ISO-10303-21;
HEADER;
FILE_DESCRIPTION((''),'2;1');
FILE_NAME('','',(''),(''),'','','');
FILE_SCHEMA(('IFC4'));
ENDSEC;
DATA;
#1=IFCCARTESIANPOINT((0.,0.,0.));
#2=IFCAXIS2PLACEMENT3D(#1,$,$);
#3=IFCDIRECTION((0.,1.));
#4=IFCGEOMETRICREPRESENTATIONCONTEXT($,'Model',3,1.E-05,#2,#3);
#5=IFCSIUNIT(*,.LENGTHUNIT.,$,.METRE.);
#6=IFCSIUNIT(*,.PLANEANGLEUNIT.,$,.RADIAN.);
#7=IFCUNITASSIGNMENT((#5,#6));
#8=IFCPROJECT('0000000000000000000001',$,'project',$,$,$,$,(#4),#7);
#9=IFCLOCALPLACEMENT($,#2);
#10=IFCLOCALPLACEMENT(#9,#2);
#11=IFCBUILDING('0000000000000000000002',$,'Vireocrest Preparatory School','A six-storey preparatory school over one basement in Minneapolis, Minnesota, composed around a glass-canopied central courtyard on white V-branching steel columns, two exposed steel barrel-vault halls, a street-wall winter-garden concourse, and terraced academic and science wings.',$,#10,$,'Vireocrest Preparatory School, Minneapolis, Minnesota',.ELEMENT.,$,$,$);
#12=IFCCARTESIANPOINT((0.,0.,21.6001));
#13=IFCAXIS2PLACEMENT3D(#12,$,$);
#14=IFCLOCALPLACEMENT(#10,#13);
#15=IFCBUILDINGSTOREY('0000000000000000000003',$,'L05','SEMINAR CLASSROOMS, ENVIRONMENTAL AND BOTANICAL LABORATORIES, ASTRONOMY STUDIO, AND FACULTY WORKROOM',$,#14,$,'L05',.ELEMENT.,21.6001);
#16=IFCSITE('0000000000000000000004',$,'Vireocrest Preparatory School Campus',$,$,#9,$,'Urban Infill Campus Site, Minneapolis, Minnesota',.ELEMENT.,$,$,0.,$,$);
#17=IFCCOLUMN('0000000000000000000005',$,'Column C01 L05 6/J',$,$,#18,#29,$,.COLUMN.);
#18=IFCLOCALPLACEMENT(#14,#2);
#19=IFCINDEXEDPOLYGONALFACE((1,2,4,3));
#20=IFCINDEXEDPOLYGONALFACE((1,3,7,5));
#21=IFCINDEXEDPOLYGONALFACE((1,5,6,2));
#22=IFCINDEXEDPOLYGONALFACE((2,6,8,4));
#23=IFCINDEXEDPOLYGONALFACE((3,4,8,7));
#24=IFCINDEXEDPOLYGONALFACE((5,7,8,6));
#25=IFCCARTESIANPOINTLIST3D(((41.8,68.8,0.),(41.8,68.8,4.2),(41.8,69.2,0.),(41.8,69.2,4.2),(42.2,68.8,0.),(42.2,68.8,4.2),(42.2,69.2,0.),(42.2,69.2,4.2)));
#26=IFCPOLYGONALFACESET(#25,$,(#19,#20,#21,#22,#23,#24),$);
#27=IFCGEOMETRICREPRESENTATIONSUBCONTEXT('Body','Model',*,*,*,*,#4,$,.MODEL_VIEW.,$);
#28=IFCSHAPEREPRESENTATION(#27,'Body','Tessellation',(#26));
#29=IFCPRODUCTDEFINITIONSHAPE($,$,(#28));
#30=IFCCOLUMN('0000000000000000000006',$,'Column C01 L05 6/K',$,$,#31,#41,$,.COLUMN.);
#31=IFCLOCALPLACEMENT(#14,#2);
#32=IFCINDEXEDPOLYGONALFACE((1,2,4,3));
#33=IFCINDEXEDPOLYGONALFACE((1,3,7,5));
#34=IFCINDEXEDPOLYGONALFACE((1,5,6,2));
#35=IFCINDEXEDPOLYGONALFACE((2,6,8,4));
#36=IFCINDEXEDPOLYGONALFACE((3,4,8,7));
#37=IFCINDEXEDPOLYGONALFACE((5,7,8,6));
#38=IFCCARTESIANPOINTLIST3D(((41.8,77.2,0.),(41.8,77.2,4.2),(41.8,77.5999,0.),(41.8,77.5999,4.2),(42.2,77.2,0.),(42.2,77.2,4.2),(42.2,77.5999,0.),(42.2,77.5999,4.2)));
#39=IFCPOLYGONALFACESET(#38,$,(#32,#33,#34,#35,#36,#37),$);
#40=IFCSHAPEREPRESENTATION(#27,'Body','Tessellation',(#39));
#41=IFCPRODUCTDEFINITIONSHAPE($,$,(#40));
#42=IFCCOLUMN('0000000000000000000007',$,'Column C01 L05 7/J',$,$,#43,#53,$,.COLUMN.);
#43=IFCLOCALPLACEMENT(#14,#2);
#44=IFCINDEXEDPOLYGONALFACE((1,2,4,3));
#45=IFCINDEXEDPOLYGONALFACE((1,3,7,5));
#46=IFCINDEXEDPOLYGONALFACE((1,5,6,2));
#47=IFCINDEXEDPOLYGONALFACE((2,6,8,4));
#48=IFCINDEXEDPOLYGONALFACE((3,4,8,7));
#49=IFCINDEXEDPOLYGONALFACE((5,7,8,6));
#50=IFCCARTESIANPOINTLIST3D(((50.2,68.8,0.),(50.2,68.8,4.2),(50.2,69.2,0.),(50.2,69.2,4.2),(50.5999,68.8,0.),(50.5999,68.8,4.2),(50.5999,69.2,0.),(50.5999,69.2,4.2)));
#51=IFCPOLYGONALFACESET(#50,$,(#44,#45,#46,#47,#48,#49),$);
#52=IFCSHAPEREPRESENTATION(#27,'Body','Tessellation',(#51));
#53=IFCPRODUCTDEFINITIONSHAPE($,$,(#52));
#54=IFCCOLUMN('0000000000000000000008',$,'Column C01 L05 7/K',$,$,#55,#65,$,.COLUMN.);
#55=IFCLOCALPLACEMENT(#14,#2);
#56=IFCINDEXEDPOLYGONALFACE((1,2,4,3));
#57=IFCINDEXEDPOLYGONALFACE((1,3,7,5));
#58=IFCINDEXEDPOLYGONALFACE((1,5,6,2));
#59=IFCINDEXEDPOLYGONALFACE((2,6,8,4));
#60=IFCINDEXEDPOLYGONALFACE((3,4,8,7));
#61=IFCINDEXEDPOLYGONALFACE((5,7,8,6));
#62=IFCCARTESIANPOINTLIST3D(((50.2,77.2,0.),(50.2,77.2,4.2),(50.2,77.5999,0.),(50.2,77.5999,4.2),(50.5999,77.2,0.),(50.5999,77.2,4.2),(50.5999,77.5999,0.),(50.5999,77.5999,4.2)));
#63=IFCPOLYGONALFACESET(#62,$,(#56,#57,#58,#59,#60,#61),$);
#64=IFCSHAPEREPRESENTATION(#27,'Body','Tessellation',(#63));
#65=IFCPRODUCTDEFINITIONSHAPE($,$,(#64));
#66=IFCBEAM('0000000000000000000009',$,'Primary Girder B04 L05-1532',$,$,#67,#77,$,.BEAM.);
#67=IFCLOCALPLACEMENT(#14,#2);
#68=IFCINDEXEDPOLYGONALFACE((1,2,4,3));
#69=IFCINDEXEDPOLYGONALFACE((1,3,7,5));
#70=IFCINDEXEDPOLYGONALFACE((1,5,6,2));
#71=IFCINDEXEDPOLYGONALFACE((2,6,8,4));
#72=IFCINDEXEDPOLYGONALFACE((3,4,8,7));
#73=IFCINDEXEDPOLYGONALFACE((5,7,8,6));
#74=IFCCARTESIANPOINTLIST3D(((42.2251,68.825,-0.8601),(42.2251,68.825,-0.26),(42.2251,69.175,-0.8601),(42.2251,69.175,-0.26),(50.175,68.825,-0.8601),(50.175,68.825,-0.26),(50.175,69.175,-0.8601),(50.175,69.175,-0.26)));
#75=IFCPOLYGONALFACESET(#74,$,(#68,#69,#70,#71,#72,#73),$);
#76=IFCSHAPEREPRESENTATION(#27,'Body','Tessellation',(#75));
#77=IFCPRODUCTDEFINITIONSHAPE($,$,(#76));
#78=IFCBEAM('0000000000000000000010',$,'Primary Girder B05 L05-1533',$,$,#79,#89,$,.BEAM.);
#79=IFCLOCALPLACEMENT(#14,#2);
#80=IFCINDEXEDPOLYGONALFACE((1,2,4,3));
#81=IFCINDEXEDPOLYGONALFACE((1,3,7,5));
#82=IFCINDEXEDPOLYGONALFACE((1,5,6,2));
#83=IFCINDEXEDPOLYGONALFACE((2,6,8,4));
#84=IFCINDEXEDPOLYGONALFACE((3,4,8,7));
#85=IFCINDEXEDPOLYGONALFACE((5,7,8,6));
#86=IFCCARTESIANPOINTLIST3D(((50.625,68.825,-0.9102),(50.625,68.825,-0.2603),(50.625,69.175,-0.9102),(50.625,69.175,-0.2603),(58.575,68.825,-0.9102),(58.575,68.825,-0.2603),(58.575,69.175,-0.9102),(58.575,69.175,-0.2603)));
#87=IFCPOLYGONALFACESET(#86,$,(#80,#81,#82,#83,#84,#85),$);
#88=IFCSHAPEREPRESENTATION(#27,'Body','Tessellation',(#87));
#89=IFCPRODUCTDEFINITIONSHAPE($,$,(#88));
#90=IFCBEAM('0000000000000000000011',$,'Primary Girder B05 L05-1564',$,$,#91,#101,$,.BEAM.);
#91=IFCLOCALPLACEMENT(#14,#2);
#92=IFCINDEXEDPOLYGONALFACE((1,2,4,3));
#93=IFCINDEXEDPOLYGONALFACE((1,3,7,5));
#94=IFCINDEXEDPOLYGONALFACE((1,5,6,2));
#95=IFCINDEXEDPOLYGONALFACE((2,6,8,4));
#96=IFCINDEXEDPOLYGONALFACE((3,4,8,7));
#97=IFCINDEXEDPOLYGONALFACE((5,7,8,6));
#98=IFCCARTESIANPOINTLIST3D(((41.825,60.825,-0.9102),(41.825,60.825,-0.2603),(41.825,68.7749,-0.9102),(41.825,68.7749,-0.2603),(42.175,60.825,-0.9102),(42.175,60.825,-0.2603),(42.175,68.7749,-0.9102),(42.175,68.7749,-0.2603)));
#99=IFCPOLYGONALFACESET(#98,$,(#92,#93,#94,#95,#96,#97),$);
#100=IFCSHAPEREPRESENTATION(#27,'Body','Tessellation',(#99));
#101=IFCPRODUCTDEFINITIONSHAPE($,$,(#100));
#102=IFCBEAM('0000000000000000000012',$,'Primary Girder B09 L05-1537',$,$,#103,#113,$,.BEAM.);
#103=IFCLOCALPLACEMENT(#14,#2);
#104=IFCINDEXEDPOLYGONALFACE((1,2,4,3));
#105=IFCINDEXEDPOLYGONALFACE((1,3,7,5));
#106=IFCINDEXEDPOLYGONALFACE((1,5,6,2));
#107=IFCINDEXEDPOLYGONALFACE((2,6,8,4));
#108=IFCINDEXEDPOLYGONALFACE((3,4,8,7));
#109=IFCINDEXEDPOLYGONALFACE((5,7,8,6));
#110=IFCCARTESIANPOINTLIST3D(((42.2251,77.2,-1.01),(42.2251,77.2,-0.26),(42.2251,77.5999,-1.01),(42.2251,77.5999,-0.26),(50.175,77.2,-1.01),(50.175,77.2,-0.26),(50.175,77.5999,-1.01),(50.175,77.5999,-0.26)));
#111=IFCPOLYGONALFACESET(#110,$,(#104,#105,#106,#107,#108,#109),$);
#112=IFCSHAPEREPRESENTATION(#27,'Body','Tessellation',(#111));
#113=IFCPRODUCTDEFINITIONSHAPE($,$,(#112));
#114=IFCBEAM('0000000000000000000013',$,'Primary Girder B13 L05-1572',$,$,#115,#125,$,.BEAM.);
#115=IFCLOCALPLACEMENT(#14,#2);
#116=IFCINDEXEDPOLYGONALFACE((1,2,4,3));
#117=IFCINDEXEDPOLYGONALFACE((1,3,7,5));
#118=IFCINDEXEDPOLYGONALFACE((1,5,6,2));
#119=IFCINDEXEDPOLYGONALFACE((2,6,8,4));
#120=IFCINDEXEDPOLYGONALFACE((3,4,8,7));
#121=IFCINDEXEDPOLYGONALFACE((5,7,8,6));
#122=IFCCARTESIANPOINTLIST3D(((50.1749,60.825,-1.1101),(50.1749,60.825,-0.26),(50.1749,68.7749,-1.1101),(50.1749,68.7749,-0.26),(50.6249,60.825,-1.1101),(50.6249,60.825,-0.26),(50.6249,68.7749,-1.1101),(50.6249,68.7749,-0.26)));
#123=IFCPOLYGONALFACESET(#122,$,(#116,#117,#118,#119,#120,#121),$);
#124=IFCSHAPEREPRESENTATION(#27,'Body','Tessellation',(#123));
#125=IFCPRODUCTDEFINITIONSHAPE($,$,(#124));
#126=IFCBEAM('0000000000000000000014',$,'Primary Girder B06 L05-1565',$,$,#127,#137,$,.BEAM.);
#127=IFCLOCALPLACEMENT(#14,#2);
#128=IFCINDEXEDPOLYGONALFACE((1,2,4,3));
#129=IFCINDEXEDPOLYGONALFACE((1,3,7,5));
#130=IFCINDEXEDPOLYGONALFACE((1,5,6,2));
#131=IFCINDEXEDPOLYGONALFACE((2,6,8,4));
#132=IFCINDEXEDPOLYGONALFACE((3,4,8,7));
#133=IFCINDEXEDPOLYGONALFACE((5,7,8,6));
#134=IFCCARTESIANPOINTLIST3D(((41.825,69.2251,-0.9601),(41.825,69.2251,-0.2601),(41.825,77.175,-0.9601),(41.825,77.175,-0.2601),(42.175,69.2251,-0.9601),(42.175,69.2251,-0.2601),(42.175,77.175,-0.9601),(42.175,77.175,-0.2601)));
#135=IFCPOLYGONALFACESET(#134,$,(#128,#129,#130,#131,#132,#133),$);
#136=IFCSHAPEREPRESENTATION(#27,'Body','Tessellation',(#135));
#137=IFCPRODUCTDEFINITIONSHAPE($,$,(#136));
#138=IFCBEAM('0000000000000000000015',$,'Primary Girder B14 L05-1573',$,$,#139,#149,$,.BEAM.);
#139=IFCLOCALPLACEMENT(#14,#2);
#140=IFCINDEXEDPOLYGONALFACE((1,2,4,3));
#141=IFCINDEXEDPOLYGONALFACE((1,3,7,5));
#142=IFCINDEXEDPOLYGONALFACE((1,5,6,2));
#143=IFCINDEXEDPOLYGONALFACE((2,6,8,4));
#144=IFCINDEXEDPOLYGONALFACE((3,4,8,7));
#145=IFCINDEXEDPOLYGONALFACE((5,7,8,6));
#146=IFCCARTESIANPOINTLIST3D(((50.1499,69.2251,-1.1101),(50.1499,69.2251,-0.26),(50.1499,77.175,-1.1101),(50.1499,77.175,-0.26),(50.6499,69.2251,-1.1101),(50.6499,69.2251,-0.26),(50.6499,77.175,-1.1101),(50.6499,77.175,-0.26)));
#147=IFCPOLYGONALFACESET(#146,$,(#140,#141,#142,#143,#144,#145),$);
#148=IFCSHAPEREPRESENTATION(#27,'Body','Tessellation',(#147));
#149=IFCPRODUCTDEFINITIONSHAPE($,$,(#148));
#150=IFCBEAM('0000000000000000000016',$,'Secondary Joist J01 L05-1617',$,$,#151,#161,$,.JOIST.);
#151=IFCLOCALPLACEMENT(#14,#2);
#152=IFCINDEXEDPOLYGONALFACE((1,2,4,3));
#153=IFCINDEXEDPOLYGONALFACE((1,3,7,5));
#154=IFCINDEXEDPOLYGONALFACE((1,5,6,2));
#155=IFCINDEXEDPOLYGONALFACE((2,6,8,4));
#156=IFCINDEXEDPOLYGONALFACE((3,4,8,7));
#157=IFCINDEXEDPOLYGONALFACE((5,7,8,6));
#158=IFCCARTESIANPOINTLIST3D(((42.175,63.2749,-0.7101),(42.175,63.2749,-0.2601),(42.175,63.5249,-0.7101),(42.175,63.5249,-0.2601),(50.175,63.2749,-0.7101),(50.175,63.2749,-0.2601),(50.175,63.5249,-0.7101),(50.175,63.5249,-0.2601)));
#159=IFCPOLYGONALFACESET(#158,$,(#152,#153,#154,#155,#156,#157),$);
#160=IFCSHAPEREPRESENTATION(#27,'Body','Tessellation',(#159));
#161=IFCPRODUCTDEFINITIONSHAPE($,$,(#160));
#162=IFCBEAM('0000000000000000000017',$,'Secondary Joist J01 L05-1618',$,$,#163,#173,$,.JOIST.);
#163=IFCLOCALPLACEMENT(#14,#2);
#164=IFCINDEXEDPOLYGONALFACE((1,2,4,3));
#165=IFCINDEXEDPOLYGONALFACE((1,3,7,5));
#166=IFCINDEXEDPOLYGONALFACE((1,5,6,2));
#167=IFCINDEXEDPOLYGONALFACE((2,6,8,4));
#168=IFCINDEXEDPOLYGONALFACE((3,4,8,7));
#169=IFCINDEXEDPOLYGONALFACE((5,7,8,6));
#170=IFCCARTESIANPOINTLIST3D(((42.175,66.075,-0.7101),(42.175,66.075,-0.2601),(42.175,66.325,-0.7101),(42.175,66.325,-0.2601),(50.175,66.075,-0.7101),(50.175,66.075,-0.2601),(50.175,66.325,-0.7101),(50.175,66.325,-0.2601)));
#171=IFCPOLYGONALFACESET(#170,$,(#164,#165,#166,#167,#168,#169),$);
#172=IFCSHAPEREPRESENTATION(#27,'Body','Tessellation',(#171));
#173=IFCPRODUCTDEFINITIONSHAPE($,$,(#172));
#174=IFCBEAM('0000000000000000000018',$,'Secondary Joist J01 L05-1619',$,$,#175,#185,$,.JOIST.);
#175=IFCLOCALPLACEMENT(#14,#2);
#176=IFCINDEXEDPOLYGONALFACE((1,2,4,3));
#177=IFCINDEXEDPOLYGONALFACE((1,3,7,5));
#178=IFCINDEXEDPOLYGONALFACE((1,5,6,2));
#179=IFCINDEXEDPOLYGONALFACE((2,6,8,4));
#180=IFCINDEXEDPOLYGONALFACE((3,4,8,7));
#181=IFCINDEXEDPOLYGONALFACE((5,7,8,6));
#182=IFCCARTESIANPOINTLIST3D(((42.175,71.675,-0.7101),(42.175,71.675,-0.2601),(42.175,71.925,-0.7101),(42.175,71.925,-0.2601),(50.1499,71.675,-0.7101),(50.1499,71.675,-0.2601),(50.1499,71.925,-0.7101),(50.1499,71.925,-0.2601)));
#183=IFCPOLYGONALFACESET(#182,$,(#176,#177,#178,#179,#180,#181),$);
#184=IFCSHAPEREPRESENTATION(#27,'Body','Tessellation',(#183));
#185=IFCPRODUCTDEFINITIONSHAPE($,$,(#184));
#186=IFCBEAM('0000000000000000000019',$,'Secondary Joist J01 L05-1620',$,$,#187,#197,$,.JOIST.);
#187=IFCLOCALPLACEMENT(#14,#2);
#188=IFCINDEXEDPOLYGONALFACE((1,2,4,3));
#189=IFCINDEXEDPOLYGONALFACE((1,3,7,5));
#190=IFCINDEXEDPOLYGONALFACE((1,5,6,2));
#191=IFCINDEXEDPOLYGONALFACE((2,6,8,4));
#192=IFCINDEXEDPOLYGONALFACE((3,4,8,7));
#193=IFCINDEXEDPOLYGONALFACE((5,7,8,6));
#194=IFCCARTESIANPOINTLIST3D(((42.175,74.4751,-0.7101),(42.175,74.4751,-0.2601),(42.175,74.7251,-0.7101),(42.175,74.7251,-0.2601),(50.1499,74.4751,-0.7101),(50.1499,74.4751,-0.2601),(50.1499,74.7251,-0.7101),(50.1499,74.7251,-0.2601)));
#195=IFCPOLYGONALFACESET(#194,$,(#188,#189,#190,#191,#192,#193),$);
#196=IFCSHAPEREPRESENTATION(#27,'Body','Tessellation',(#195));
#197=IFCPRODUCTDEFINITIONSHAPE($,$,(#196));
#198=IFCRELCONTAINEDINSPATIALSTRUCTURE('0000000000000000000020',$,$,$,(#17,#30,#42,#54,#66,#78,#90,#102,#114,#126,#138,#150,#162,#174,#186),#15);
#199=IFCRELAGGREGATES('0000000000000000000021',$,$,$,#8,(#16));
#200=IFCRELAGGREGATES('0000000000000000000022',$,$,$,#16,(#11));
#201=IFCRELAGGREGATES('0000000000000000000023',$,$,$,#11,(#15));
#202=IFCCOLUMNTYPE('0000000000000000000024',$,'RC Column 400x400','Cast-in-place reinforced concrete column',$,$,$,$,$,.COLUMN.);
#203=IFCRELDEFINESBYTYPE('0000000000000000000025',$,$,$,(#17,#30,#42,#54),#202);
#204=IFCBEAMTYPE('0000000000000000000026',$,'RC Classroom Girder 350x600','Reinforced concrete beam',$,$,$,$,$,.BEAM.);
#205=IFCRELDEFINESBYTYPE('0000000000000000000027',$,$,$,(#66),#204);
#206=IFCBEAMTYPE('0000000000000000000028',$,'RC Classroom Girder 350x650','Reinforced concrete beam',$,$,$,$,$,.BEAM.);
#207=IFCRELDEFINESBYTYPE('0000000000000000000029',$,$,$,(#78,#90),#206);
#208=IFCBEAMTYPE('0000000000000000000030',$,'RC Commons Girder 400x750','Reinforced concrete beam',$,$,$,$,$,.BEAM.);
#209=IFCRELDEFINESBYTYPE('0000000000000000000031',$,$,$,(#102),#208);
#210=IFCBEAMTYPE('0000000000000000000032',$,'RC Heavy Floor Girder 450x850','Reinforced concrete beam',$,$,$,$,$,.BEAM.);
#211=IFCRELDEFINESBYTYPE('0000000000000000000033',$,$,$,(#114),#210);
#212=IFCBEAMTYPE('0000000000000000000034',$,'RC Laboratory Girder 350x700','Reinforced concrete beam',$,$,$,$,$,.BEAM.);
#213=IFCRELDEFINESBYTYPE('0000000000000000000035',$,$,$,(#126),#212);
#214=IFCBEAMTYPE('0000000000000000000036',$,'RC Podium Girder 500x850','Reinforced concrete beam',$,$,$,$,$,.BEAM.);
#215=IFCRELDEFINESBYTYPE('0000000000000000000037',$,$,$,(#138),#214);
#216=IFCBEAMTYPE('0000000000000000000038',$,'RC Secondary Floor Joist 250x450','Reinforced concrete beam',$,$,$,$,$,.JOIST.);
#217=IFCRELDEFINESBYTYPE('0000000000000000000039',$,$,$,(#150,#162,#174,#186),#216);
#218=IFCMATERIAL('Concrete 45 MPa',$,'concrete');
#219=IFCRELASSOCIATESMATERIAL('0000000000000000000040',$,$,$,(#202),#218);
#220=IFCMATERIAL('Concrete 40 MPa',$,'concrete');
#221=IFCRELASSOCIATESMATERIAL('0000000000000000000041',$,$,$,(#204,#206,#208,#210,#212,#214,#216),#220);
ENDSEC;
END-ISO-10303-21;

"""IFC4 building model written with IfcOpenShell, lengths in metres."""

from ifc_helpers import new_model, si_unit, direction, frame, origin, origin_2d, place, context, subcontext, project, spatial, rectangle, extrude, material, material_profile, profile_set, type_object, element, save


model = new_model("IFC4")

# Units and contexts
model_context = context("Model", 3, precision=1e-05, world=origin(), true_north=direction((0.0, 1.0)))
body_context = subcontext(model_context, "Body", "Model", "MODEL_VIEW")
ifc_project = project(units=[si_unit("LENGTHUNIT", "METRE"), si_unit("PLANEANGLEUNIT", "RADIAN")], contexts=[model_context])

# Site, building, storey
site_placement = place(None, origin())
site = spatial("IfcSite", under=ifc_project, at=site_placement, Name="Vireocrest Preparatory School Campus", LongName="Urban Infill Campus Site, Minneapolis, Minnesota", CompositionType="ELEMENT", RefElevation=0.0)
building_placement = place(site_placement, origin())
building = spatial("IfcBuilding", under=site, at=building_placement, Name="Vireocrest Preparatory School", Description="A six-storey preparatory school over one basement in Minneapolis, Minnesota, composed around a glass-canopied central courtyard on white V-branching steel columns, two exposed steel barrel-vault halls, a street-wall winter-garden concourse, and terraced academic and science wings.", LongName="Vireocrest Preparatory School, Minneapolis, Minnesota", CompositionType="ELEMENT")
storey_placement = place(building_placement, frame((0.0, 0.0, 21.6001)))
storey = spatial("IfcBuildingStorey", under=building, at=storey_placement, Name="L05", Description="SEMINAR CLASSROOMS, ENVIRONMENTAL AND BOTANICAL LABORATORIES, ASTRONOMY STUDIO, AND FACULTY WORKROOM", LongName="L05", CompositionType="ELEMENT", Elevation=21.6001)

# Columns
ifc_material_1 = material(Name="Concrete 45 MPa", Category="concrete")
ifc_material_profile_1 = material_profile(ifc_material_1, rectangle(XDim=0.3999, YDim=0.3999, at=origin_2d()), Name="RC 400x400")
ifc_profile_set_1 = profile_set([ifc_material_profile_1], Name="Concrete 45 MPa")
column_type = type_object("IfcColumnType", Name="RC Column 400x400", Description="Cast-in-place reinforced concrete column", PredefinedType="COLUMN", material=ifc_profile_set_1)
for number, where, z_axis, x_axis, name in (
    (1, (42.0, 69.0, 0.0), (0.0, 0.0, 1.0), (1.0, 0.0, 0.0), "Column C01 L05 6/J"),
    (2, (42.0, 77.3999, 0.0), (0.0, 0.0, 1.0), (1.0, 0.0, 0.0), "Column C01 L05 6/K"),
    (3, (50.3999, 69.0, 0.0), (0.0, 0.0, 1.0), (1.0, 0.0, 0.0), "Column C01 L05 7/J"),
    (4, (50.3999, 77.3999, 0.0), (0.0, 0.0, 1.0), (1.0, 0.0, 0.0), "Column C01 L05 7/K"),
):
    element("IfcColumn", number, at=place(storey_placement, frame(where, z_axis=z_axis, x_axis=x_axis)), inside=storey, type_object=column_type, Name=name, PredefinedType="COLUMN", context=body_context, shape_type="SweptSolid", body=[
        extrude(rectangle(XDim=0.3999, YDim=0.3999, at=origin_2d()), origin(), (0.0, 0.0, 1.0), 4.2),
    ])

# Beams
ifc_material_2 = material(Name="Concrete 40 MPa", Category="concrete")
ifc_material_profile_2 = material_profile(ifc_material_2, rectangle(XDim=0.3501, YDim=0.6001, at=origin_2d()), Name="RC 350x600")
ifc_profile_set_2 = profile_set([ifc_material_profile_2], Name="Concrete 40 MPa")
beam_type_1 = type_object("IfcBeamType", Name="RC Classroom Girder 350x600", Description="Reinforced concrete beam", PredefinedType="BEAM", material=ifc_profile_set_2)
beam_1_placement = place(storey_placement, frame((42.2251, 69.0, -0.5601), z_axis=(1.0, 0.0, 0.0), x_axis=(0.0, 1.0, 0.0)))
element("IfcBeam", 5, at=beam_1_placement, inside=storey, type_object=beam_type_1, Name="Primary Girder B04 L05-1532", PredefinedType="BEAM", context=body_context, shape_type="SweptSolid", body=[
    extrude(rectangle(XDim=0.3501, YDim=0.6001, at=origin_2d()), origin(), (0.0, 0.0, 1.0), 7.95),
])
ifc_material_profile_3 = material_profile(ifc_material_2, rectangle(XDim=0.3501, YDim=0.6499, at=origin_2d()), Name="RC 350x650")
ifc_profile_set_3 = profile_set([ifc_material_profile_3], Name="Concrete 40 MPa")
beam_type_2 = type_object("IfcBeamType", Name="RC Classroom Girder 350x650", Description="Reinforced concrete beam", PredefinedType="BEAM", material=ifc_profile_set_3)
for number, where, z_axis, x_axis, name in (
    (6, (50.625, 69.0, -0.5852), (1.0, 0.0, 0.0), (0.0, 1.0, 0.0), "Primary Girder B05 L05-1533"),
    (7, (42.0, 60.825, -0.5852), (0.0, 1.0, 0.0), (-1.0, 0.0, 0.0), "Primary Girder B05 L05-1564"),
):
    element("IfcBeam", number, at=place(storey_placement, frame(where, z_axis=z_axis, x_axis=x_axis)), inside=storey, type_object=beam_type_2, Name=name, PredefinedType="BEAM", context=body_context, shape_type="SweptSolid", body=[
        extrude(rectangle(XDim=0.3501, YDim=0.6499, at=origin_2d()), origin(), (0.0, 0.0, 1.0), 7.95),
    ])
ifc_material_profile_4 = material_profile(ifc_material_2, rectangle(XDim=0.3999, YDim=0.75, at=origin_2d()), Name="RC 400x750")
ifc_profile_set_4 = profile_set([ifc_material_profile_4], Name="Concrete 40 MPa")
beam_type_3 = type_object("IfcBeamType", Name="RC Commons Girder 400x750", Description="Reinforced concrete beam", PredefinedType="BEAM", material=ifc_profile_set_4)
beam_2_placement = place(storey_placement, frame((42.2251, 77.3999, -0.635), z_axis=(1.0, 0.0, 0.0), x_axis=(0.0, 1.0, 0.0)))
element("IfcBeam", 8, at=beam_2_placement, inside=storey, type_object=beam_type_3, Name="Primary Girder B09 L05-1537", PredefinedType="BEAM", context=body_context, shape_type="SweptSolid", body=[
    extrude(rectangle(XDim=0.3999, YDim=0.75, at=origin_2d()), origin(), (0.0, 0.0, 1.0), 7.95),
])
ifc_material_profile_5 = material_profile(ifc_material_2, rectangle(XDim=0.45, YDim=0.8501, at=origin_2d()), Name="RC 450x850")
ifc_profile_set_5 = profile_set([ifc_material_profile_5], Name="Concrete 40 MPa")
beam_type_4 = type_object("IfcBeamType", Name="RC Heavy Floor Girder 450x850", Description="Reinforced concrete beam", PredefinedType="BEAM", material=ifc_profile_set_5)
beam_3_placement = place(storey_placement, frame((50.3999, 60.825, -0.6851), z_axis=(0.0, 1.0, 0.0), x_axis=(-1.0, 0.0, 0.0)))
element("IfcBeam", 9, at=beam_3_placement, inside=storey, type_object=beam_type_4, Name="Primary Girder B13 L05-1572", PredefinedType="BEAM", context=body_context, shape_type="SweptSolid", body=[
    extrude(rectangle(XDim=0.45, YDim=0.8501, at=origin_2d()), origin(), (0.0, 0.0, 1.0), 7.95),
])
ifc_material_profile_6 = material_profile(ifc_material_2, rectangle(XDim=0.3501, YDim=0.7, at=origin_2d()), Name="RC 350x700")
ifc_profile_set_6 = profile_set([ifc_material_profile_6], Name="Concrete 40 MPa")
beam_type_5 = type_object("IfcBeamType", Name="RC Laboratory Girder 350x700", Description="Reinforced concrete beam", PredefinedType="BEAM", material=ifc_profile_set_6)
beam_4_placement = place(storey_placement, frame((42.0, 69.2251, -0.6101), z_axis=(0.0, 1.0, 0.0), x_axis=(-1.0, 0.0, 0.0)))
element("IfcBeam", 10, at=beam_4_placement, inside=storey, type_object=beam_type_5, Name="Primary Girder B06 L05-1565", PredefinedType="BEAM", context=body_context, shape_type="SweptSolid", body=[
    extrude(rectangle(XDim=0.3501, YDim=0.7, at=origin_2d()), origin(), (0.0, 0.0, 1.0), 7.95),
])
ifc_material_profile_7 = material_profile(ifc_material_2, rectangle(XDim=0.5, YDim=0.8501, at=origin_2d()), Name="RC 500x850")
ifc_profile_set_7 = profile_set([ifc_material_profile_7], Name="Concrete 40 MPa")
beam_type_6 = type_object("IfcBeamType", Name="RC Podium Girder 500x850", Description="Reinforced concrete beam", PredefinedType="BEAM", material=ifc_profile_set_7)
beam_5_placement = place(storey_placement, frame((50.3999, 69.2251, -0.6851), z_axis=(0.0, 1.0, 0.0), x_axis=(-1.0, 0.0, 0.0)))
element("IfcBeam", 11, at=beam_5_placement, inside=storey, type_object=beam_type_6, Name="Primary Girder B14 L05-1573", PredefinedType="BEAM", context=body_context, shape_type="SweptSolid", body=[
    extrude(rectangle(XDim=0.5, YDim=0.8501, at=origin_2d()), origin(), (0.0, 0.0, 1.0), 7.95),
])
ifc_material_profile_8 = material_profile(ifc_material_2, rectangle(XDim=0.25, YDim=0.45, at=origin_2d()), Name="RC 250x450")
ifc_profile_set_8 = profile_set([ifc_material_profile_8], Name="Concrete 40 MPa")
beam_type_7 = type_object("IfcBeamType", Name="RC Secondary Floor Joist 250x450", Description="Reinforced concrete beam", PredefinedType="JOIST", material=ifc_profile_set_8)
for number, where, z_axis, x_axis, name in (
    (12, (42.175, 63.3999, -0.4851), (1.0, 0.0, 0.0), (0.0, 1.0, 0.0), "Secondary Joist J01 L05-1617"),
    (13, (42.175, 66.2, -0.4851), (1.0, 0.0, 0.0), (0.0, 1.0, 0.0), "Secondary Joist J01 L05-1618"),
):
    element("IfcBeam", number, at=place(storey_placement, frame(where, z_axis=z_axis, x_axis=x_axis)), inside=storey, type_object=beam_type_7, Name=name, PredefinedType="JOIST", context=body_context, shape_type="SweptSolid", body=[
        extrude(rectangle(XDim=0.25, YDim=0.45, at=origin_2d()), origin(), (0.0, 0.0, 1.0), 8.0),
    ])
for number, where, z_axis, x_axis, name in (
    (14, (42.175, 71.8, -0.4851), (1.0, 0.0, 0.0), (0.0, 1.0, 0.0), "Secondary Joist J01 L05-1619"),
    (15, (42.175, 74.6001, -0.4851), (1.0, 0.0, 0.0), (0.0, 1.0, 0.0), "Secondary Joist J01 L05-1620"),
):
    element("IfcBeam", number, at=place(storey_placement, frame(where, z_axis=z_axis, x_axis=x_axis)), inside=storey, type_object=beam_type_7, Name=name, PredefinedType="JOIST", context=body_context, shape_type="SweptSolid", body=[
        extrude(rectangle(XDim=0.25, YDim=0.45, at=origin_2d()), origin(), (0.0, 0.0, 1.0), 7.9749),
    ])

save(model, "model.ifc")
